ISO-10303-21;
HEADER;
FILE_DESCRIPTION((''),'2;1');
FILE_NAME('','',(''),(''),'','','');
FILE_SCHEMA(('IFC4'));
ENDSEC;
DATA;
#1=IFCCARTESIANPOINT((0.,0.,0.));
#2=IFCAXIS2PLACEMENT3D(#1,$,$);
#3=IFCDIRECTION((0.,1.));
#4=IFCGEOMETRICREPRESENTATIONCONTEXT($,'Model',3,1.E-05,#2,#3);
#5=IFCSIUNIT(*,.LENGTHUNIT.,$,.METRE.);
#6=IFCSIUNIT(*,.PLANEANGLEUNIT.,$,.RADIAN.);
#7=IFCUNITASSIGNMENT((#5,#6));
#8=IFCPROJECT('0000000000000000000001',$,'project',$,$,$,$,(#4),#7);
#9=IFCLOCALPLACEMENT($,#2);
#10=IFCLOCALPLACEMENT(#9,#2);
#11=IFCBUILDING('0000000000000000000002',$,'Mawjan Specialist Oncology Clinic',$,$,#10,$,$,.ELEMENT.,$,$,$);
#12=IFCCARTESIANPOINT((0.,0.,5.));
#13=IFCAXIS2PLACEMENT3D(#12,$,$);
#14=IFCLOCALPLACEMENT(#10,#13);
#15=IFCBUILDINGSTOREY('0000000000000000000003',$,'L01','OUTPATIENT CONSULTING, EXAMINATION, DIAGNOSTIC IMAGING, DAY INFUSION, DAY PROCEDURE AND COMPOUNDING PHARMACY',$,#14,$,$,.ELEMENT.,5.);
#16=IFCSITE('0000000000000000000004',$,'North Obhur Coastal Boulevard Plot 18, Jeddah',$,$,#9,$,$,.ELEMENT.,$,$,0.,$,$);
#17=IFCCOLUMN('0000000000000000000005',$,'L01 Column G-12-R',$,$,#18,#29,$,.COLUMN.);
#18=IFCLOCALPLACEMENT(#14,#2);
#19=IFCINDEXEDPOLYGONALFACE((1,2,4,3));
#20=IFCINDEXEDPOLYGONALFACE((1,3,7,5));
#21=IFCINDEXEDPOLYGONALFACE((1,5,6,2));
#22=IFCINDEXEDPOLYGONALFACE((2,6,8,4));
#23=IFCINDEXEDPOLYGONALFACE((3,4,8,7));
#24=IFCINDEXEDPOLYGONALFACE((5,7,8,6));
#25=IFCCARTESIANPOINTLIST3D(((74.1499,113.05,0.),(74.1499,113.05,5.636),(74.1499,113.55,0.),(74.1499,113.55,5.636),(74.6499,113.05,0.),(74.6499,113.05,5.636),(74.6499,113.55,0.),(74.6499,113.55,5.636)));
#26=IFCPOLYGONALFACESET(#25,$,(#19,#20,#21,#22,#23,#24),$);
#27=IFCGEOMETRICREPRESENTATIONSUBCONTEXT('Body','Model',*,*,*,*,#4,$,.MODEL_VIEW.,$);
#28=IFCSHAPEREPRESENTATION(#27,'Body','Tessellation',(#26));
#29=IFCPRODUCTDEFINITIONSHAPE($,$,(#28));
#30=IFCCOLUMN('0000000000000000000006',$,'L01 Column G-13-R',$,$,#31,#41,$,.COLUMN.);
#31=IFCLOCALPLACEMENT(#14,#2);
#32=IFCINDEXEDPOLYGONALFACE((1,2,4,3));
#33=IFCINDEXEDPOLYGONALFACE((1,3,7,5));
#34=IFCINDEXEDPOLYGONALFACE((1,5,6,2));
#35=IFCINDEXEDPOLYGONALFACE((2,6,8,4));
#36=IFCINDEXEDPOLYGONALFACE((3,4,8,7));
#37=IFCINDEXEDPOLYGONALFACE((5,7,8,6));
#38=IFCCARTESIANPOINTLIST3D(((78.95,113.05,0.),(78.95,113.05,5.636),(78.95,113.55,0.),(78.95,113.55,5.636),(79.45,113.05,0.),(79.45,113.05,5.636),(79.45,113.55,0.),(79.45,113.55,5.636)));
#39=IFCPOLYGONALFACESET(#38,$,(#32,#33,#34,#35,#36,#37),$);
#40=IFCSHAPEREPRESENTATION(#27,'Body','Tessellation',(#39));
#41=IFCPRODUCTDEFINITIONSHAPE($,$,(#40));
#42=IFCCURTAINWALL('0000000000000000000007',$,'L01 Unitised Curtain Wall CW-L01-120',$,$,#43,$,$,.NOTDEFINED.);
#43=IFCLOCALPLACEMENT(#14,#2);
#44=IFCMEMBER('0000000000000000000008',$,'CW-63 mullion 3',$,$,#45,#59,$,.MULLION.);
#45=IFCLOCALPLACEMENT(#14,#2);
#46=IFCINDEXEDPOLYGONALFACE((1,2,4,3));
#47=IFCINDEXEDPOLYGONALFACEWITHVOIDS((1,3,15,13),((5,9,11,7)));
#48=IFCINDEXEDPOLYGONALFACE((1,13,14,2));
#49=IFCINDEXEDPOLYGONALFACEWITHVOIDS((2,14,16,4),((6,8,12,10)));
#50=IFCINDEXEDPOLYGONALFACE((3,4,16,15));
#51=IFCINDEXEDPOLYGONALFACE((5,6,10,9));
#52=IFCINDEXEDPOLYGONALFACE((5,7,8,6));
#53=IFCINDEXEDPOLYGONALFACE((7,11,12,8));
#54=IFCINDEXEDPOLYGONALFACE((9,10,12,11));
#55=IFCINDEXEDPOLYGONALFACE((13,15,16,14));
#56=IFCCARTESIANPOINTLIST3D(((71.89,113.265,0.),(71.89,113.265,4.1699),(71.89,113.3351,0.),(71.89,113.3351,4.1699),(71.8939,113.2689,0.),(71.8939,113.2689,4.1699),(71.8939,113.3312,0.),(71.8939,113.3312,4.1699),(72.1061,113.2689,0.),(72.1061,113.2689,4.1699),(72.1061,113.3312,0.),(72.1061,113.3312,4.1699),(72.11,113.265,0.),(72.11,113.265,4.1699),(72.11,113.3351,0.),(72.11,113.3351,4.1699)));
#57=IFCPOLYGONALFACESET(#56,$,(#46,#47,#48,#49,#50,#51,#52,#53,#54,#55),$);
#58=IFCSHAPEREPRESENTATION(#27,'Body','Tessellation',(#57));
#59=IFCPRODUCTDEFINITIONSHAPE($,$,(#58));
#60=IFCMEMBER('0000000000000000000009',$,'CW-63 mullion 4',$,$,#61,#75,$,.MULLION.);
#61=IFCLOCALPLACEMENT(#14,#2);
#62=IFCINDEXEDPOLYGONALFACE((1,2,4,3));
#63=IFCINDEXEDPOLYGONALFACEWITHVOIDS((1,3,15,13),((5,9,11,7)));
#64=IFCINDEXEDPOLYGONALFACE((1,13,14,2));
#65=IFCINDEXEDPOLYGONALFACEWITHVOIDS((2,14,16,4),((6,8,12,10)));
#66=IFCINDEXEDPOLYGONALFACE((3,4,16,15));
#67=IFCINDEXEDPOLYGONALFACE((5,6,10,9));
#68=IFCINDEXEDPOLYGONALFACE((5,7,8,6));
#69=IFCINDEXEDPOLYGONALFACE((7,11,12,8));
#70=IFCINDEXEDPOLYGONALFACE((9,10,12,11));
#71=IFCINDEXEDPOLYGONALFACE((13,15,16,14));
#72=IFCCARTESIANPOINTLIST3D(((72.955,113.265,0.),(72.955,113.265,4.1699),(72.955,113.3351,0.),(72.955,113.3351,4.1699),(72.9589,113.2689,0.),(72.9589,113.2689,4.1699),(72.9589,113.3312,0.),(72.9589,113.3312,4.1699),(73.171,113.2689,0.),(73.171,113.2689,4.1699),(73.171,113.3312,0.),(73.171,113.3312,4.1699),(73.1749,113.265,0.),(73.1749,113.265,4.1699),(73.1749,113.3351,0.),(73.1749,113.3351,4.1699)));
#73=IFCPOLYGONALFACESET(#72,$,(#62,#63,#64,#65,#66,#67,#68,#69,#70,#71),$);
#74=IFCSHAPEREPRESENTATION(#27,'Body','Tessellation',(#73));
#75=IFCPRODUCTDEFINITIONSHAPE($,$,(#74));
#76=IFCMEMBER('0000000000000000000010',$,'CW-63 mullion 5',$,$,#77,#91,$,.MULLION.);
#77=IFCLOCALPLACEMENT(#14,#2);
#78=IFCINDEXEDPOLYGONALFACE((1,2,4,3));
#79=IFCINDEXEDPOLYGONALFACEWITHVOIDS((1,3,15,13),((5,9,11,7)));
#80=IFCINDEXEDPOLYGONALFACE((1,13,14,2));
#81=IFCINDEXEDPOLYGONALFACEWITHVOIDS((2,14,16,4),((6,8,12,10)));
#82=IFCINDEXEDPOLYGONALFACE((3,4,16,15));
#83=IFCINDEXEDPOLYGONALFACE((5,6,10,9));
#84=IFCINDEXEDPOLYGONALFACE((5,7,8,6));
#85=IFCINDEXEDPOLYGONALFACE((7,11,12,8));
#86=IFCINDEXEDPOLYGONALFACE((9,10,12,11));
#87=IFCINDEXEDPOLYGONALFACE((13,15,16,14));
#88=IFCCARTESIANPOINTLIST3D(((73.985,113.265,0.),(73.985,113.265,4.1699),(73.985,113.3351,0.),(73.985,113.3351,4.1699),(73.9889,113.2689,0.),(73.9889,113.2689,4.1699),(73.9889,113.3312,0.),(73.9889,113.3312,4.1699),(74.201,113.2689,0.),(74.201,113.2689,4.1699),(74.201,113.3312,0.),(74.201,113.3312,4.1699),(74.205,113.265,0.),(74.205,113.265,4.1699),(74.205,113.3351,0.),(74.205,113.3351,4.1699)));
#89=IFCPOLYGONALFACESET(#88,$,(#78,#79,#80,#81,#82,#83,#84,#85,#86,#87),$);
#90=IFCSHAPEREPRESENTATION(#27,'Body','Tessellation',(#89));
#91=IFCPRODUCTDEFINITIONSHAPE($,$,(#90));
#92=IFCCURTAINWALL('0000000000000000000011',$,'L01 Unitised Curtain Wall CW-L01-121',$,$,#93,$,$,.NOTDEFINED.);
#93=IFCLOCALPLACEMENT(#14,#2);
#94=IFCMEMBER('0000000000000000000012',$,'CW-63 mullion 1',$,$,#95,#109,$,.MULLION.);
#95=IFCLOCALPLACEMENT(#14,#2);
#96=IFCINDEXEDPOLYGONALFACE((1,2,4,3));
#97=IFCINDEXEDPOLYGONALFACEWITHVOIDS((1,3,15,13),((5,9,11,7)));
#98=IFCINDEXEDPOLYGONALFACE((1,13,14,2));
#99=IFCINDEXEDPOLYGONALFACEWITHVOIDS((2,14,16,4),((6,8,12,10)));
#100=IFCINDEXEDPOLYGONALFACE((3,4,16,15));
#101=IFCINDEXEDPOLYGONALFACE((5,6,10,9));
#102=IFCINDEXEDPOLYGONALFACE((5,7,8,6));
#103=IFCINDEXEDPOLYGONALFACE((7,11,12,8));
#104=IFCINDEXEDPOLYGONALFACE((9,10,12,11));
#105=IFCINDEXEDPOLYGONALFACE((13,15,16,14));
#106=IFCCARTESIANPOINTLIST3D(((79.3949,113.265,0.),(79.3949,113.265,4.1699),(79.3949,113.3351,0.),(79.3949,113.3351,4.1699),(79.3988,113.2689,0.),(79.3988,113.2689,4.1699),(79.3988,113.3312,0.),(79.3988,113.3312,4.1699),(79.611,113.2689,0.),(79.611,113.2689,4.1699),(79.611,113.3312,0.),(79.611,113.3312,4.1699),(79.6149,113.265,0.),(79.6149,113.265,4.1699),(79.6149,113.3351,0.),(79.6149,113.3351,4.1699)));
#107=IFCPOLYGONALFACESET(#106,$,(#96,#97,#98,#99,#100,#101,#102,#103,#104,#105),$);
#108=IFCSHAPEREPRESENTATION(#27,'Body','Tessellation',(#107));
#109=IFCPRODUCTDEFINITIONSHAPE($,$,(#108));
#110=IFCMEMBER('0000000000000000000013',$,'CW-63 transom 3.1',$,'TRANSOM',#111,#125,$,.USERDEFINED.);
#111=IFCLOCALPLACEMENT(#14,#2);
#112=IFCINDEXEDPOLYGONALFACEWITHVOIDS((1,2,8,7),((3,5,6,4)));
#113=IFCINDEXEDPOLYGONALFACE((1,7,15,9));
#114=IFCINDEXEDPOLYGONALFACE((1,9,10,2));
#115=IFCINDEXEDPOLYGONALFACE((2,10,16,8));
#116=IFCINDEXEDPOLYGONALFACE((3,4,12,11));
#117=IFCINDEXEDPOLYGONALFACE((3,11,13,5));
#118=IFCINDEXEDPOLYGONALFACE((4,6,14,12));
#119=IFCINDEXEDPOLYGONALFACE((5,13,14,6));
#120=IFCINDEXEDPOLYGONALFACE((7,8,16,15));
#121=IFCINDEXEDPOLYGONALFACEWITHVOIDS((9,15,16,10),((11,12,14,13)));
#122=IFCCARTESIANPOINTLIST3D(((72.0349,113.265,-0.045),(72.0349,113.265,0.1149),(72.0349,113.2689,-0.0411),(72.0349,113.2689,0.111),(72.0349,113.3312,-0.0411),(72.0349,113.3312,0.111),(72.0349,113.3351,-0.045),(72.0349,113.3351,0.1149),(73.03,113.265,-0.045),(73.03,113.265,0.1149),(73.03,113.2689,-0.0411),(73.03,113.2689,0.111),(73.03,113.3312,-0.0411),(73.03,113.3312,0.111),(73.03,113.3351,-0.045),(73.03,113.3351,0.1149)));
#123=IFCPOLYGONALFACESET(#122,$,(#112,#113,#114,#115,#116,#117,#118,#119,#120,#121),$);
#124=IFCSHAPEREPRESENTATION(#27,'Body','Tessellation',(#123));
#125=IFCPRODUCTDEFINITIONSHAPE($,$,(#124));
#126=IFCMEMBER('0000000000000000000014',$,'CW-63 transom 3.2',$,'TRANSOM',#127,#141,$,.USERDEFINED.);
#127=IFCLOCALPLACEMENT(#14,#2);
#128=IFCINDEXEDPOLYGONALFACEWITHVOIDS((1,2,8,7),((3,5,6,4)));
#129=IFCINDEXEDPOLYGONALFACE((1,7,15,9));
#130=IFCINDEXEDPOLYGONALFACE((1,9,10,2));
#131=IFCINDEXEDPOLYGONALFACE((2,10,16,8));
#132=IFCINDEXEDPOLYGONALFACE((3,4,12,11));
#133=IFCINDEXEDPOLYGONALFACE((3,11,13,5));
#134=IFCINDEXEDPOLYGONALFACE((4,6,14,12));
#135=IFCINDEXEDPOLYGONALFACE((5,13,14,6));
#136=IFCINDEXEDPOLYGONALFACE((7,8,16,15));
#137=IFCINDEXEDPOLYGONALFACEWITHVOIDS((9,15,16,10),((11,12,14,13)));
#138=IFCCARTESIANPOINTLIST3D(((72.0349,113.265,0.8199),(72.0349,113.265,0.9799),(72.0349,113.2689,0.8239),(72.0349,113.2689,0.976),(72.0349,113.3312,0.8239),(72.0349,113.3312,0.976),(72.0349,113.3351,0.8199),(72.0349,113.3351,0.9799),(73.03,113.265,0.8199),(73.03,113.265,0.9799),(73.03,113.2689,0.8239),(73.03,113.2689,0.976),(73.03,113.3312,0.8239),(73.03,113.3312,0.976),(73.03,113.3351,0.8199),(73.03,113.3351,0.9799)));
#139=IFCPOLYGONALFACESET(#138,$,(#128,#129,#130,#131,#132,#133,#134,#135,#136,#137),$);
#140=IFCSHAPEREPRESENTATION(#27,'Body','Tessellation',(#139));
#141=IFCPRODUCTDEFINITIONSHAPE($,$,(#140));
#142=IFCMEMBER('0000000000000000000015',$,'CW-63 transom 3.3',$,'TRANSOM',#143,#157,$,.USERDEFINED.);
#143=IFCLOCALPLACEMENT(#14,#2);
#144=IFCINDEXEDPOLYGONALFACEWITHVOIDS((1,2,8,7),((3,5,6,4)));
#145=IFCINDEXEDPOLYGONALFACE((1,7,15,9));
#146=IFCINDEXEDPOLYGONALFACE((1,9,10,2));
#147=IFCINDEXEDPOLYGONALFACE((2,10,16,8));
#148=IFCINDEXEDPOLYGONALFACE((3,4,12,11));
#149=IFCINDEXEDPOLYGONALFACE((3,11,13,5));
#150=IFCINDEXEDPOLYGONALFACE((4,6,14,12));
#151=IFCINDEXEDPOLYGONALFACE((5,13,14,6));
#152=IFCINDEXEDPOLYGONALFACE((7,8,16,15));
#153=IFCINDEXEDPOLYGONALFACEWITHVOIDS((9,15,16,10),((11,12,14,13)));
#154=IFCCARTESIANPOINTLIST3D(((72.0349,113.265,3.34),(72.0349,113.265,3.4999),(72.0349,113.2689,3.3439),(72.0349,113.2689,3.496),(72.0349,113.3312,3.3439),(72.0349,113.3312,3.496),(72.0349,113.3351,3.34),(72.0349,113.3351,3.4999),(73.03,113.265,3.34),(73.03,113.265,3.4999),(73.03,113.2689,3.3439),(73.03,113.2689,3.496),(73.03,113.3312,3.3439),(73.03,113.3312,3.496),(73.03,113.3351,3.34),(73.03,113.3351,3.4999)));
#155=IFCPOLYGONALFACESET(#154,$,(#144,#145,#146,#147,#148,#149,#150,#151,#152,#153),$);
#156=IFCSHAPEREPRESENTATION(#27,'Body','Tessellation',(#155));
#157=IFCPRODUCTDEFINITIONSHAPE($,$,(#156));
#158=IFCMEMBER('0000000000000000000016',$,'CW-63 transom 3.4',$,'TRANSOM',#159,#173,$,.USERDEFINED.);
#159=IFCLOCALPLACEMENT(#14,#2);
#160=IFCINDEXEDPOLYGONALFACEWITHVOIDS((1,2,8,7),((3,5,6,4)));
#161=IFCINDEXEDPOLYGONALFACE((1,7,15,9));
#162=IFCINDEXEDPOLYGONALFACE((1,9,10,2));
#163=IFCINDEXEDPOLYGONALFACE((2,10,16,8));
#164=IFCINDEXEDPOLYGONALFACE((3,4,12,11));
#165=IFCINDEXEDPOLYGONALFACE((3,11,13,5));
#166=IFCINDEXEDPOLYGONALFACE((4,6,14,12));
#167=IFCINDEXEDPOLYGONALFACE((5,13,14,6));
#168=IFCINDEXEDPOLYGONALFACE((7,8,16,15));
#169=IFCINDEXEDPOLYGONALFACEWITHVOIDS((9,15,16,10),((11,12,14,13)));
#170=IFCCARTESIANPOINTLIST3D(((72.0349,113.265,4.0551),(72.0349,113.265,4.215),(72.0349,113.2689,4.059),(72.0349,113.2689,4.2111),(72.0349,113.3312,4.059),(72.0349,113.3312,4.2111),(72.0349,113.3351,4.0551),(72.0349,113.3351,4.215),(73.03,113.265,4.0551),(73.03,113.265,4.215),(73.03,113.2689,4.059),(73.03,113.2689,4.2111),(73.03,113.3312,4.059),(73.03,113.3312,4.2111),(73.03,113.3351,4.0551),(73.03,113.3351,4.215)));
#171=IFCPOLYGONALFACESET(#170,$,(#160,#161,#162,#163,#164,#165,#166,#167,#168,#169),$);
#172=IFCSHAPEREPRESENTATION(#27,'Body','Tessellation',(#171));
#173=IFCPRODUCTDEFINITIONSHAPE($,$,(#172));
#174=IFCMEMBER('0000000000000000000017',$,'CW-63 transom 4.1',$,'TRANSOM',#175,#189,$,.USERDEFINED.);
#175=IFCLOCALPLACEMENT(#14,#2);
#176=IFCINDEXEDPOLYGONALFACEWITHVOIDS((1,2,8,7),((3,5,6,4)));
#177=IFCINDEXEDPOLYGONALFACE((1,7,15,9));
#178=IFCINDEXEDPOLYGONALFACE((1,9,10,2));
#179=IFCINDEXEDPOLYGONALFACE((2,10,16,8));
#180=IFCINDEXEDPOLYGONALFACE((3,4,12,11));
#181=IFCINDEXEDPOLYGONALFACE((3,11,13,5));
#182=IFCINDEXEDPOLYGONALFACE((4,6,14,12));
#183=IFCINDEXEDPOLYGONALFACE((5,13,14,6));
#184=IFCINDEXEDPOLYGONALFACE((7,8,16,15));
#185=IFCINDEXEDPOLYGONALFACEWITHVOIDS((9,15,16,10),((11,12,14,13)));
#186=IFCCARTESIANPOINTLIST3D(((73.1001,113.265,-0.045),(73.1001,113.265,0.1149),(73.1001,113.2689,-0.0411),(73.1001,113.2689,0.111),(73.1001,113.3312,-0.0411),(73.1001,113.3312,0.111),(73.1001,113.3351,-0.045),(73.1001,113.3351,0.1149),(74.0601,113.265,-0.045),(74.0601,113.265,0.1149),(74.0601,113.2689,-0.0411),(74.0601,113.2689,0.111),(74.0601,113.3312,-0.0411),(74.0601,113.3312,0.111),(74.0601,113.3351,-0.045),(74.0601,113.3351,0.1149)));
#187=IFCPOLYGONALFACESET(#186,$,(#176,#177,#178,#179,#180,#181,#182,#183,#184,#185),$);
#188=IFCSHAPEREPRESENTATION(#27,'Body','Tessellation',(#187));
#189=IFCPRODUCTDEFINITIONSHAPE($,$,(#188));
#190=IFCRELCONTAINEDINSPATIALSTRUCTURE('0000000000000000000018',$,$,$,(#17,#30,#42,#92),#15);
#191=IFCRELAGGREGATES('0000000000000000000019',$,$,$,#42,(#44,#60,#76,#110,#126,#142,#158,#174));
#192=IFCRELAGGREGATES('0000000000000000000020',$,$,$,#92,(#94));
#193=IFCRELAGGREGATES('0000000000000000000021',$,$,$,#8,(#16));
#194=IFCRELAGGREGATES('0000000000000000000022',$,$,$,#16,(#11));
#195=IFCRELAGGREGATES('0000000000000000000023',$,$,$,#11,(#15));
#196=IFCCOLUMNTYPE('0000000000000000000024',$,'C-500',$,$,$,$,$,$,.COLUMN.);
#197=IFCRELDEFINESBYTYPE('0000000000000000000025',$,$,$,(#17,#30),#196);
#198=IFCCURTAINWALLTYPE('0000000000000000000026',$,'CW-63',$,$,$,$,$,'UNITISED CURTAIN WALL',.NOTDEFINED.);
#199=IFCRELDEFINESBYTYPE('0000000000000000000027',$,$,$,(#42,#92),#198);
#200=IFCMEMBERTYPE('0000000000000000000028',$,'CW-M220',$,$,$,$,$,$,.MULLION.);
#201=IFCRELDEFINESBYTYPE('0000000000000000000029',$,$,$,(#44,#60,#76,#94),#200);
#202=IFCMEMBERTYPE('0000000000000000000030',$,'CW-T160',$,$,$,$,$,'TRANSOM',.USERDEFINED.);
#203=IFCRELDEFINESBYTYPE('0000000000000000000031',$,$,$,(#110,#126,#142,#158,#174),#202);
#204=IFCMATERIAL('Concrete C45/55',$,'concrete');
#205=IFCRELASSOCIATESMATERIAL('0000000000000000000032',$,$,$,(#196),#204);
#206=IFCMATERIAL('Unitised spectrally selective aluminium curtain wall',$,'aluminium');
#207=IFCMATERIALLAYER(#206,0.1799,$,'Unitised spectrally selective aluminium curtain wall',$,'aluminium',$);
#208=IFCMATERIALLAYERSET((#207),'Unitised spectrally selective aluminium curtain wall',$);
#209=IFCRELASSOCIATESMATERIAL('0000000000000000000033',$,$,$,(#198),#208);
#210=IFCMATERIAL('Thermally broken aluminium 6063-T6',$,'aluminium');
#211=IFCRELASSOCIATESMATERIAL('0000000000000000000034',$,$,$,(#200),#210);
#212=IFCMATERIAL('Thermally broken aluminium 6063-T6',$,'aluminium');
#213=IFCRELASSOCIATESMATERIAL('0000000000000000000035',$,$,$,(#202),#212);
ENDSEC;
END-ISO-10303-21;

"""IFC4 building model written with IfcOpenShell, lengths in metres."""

from ifc_helpers import new_model, si_unit, direction, frame, origin, origin_2d, place, context, subcontext, project, spatial, rectangle, hollow_rectangle, extrude, material, layer, layer_set, material_profile, profile_set, type_object, element, aggregate, save


model = new_model("IFC4")

# Units and contexts
model_context = context("Model", 3, precision=1e-05, world=origin(), true_north=direction((0.0, 1.0)))
body_context = subcontext(model_context, "Body", "Model", "MODEL_VIEW")
ifc_project = project(units=[si_unit("LENGTHUNIT", "METRE"), si_unit("PLANEANGLEUNIT", "RADIAN")], contexts=[model_context])

# Site, building, storey
site_placement = place(None, origin())
site = spatial("IfcSite", under=ifc_project, at=site_placement, Name="North Obhur Coastal Boulevard Plot 18, Jeddah", CompositionType="ELEMENT", RefElevation=0.0)
building_placement = place(site_placement, origin())
building = spatial("IfcBuilding", under=site, at=building_placement, Name="Mawjan Specialist Oncology Clinic", CompositionType="ELEMENT")
storey_placement = place(building_placement, frame((0.0, 0.0, 5.0)))
storey = spatial("IfcBuildingStorey", under=building, at=storey_placement, Name="L01", Description="OUTPATIENT CONSULTING, EXAMINATION, DIAGNOSTIC IMAGING, DAY INFUSION, DAY PROCEDURE AND COMPOUNDING PHARMACY", CompositionType="ELEMENT", Elevation=5.0)

# Columns
ifc_material_1 = material(Name="Concrete C45/55", Category="concrete")
ifc_material_profile_1 = material_profile(ifc_material_1, rectangle(XDim=0.5, YDim=0.5, at=origin_2d()), Name="RC COL 500x500", Category="concrete")
ifc_profile_set_1 = profile_set([ifc_material_profile_1], Name="Concrete C45/55")
column_type = type_object("IfcColumnType", Name="C-500", PredefinedType="COLUMN", material=ifc_profile_set_1)
for number, where, z_axis, x_axis, name in (
    (1, (74.3999, 113.3, 0.0), (0.0, 0.0, 1.0), (1.0, 0.0, 0.0), "L01 Column G-12-R"),
    (2, (79.2, 113.3, 0.0), (0.0, 0.0, 1.0), (1.0, 0.0, 0.0), "L01 Column G-13-R"),
):
    element("IfcColumn", number, at=place(storey_placement, frame(where, z_axis=z_axis, x_axis=x_axis)), inside=storey, type_object=column_type, Name=name, PredefinedType="COLUMN", context=body_context, shape_type="SweptSolid", body=[
        extrude(rectangle(XDim=0.5, YDim=0.5, at=origin_2d()), origin(), (0.0, 0.0, 1.0), 5.636),
    ])

# Curtain wall, members
ifc_material_2 = material(Name="Unitised spectrally selective aluminium curtain wall", Category="aluminium")
ifc_layer_1 = layer(ifc_material_2, 0.1799, Name="Unitised spectrally selective aluminium curtain wall", Category="aluminium")
ifc_layer_set_1 = layer_set([ifc_layer_1], Name="Unitised spectrally selective aluminium curtain wall")
curtain_wall_type = type_object("IfcCurtainWallType", Name="CW-63", ElementType="UNITISED CURTAIN WALL", PredefinedType="NOTDEFINED", material=ifc_layer_set_1)
curtain_wall_1_placement = place(storey_placement, origin())
curtain_wall_1 = element("IfcCurtainWall", 3, at=curtain_wall_1_placement, inside=storey, type_object=curtain_wall_type, Name="L01 Unitised Curtain Wall CW-L01-120", PredefinedType="NOTDEFINED")
ifc_material_3 = material(Name="Thermally broken aluminium 6063-T6", Category="aluminium")
ifc_material_profile_2 = material_profile(ifc_material_3, hollow_rectangle(XDim=0.0701, YDim=0.22, WallThickness=0.0039, at=origin_2d()), Name="ALU MULLION 220x70x4", Category="aluminium")
ifc_profile_set_2 = profile_set([ifc_material_profile_2], Name="Thermally broken aluminium 6063-T6")
member_type_1 = type_object("IfcMemberType", Name="CW-M220", PredefinedType="MULLION", material=ifc_profile_set_2)
member_1_placement = place(storey_placement, frame((72.0, 113.3, 0.0), z_axis=(0.0, 0.0, 1.0), x_axis=(0.0, 1.0, 0.0)))
member_1 = element("IfcMember", 4, at=member_1_placement, type_object=member_type_1, Name="CW-63 mullion 3", PredefinedType="MULLION", context=body_context, shape_type="SweptSolid", body=[
    extrude(hollow_rectangle(XDim=0.0701, YDim=0.22, WallThickness=0.0039, at=origin_2d()), origin(), (0.0, 0.0, 1.0), 4.1699),
])
member_2_placement = place(storey_placement, frame((73.0649, 113.3, 0.0), z_axis=(0.0, 0.0, 1.0), x_axis=(0.0, 1.0, 0.0)))
member_2 = element("IfcMember", 5, at=member_2_placement, type_object=member_type_1, Name="CW-63 mullion 4", PredefinedType="MULLION", context=body_context, shape_type="SweptSolid", body=[
    extrude(hollow_rectangle(XDim=0.0701, YDim=0.22, WallThickness=0.0039, at=origin_2d()), origin(), (0.0, 0.0, 1.0), 4.1699),
])
member_3_placement = place(storey_placement, frame((74.095, 113.3, 0.0), z_axis=(0.0, 0.0, 1.0), x_axis=(0.0, 1.0, 0.0)))
member_3 = element("IfcMember", 6, at=member_3_placement, type_object=member_type_1, Name="CW-63 mullion 5", PredefinedType="MULLION", context=body_context, shape_type="SweptSolid", body=[
    extrude(hollow_rectangle(XDim=0.0701, YDim=0.22, WallThickness=0.0039, at=origin_2d()), origin(), (0.0, 0.0, 1.0), 4.1699),
])

# Curtain wall, member
curtain_wall_2_placement = place(storey_placement, origin())
curtain_wall_2 = element("IfcCurtainWall", 7, at=curtain_wall_2_placement, inside=storey, type_object=curtain_wall_type, Name="L01 Unitised Curtain Wall CW-L01-121", PredefinedType="NOTDEFINED")
member_4_placement = place(storey_placement, frame((79.5049, 113.3, 0.0), z_axis=(0.0, 0.0, 1.0), x_axis=(0.0, 1.0, 0.0)))
member_4 = element("IfcMember", 8, at=member_4_placement, type_object=member_type_1, Name="CW-63 mullion 1", PredefinedType="MULLION", context=body_context, shape_type="SweptSolid", body=[
    extrude(hollow_rectangle(XDim=0.0701, YDim=0.22, WallThickness=0.0039, at=origin_2d()), origin(), (0.0, 0.0, 1.0), 4.1699),
])

# Members
ifc_material_4 = material(Name="Thermally broken aluminium 6063-T6", Category="aluminium")
ifc_material_profile_3 = material_profile(ifc_material_4, hollow_rectangle(XDim=0.0701, YDim=0.1599, WallThickness=0.0039, at=origin_2d()), Name="ALU TRANSOM 160x70x4", Category="aluminium")
ifc_profile_set_3 = profile_set([ifc_material_profile_3], Name="Thermally broken aluminium 6063-T6")
member_type_2 = type_object("IfcMemberType", Name="CW-T160", ElementType="TRANSOM", PredefinedType="USERDEFINED", material=ifc_profile_set_3)
member_5_placement = place(storey_placement, frame((72.0349, 113.3, 0.0349), z_axis=(1.0, 0.0, 0.0), x_axis=(0.0, 1.0, 0.0)))
member_5 = element("IfcMember", 9, at=member_5_placement, type_object=member_type_2, Name="CW-63 transom 3.1", ObjectType="TRANSOM", PredefinedType="USERDEFINED", context=body_context, shape_type="SweptSolid", body=[
    extrude(hollow_rectangle(XDim=0.0701, YDim=0.1599, WallThickness=0.0039, at=origin_2d()), origin(), (0.0, 0.0, 1.0), 0.9951),
])
member_6_placement = place(storey_placement, frame((72.0349, 113.3, 0.8999), z_axis=(1.0, 0.0, 0.0), x_axis=(0.0, 1.0, 0.0)))
member_6 = element("IfcMember", 10, at=member_6_placement, type_object=member_type_2, Name="CW-63 transom 3.2", ObjectType="TRANSOM", PredefinedType="USERDEFINED", context=body_context, shape_type="SweptSolid", body=[
    extrude(hollow_rectangle(XDim=0.0701, YDim=0.1599, WallThickness=0.0039, at=origin_2d()), origin(), (0.0, 0.0, 1.0), 0.9951),
])
member_7_placement = place(storey_placement, frame((72.0349, 113.3, 3.4199), z_axis=(1.0, 0.0, 0.0), x_axis=(0.0, 1.0, 0.0)))
member_7 = element("IfcMember", 11, at=member_7_placement, type_object=member_type_2, Name="CW-63 transom 3.3", ObjectType="TRANSOM", PredefinedType="USERDEFINED", context=body_context, shape_type="SweptSolid", body=[
    extrude(hollow_rectangle(XDim=0.0701, YDim=0.1599, WallThickness=0.0039, at=origin_2d()), origin(), (0.0, 0.0, 1.0), 0.9951),
])
member_8_placement = place(storey_placement, frame((72.0349, 113.3, 4.135), z_axis=(1.0, 0.0, 0.0), x_axis=(0.0, 1.0, 0.0)))
member_8 = element("IfcMember", 12, at=member_8_placement, type_object=member_type_2, Name="CW-63 transom 3.4", ObjectType="TRANSOM", PredefinedType="USERDEFINED", context=body_context, shape_type="SweptSolid", body=[
    extrude(hollow_rectangle(XDim=0.0701, YDim=0.1599, WallThickness=0.0039, at=origin_2d()), origin(), (0.0, 0.0, 1.0), 0.9951),
])
member_9_placement = place(storey_placement, frame((73.1001, 113.3, 0.0349), z_axis=(1.0, 0.0, 0.0), x_axis=(0.0, 1.0, 0.0)))
member_9 = element("IfcMember", 13, at=member_9_placement, type_object=member_type_2, Name="CW-63 transom 4.1", ObjectType="TRANSOM", PredefinedType="USERDEFINED", context=body_context, shape_type="SweptSolid", body=[
    extrude(hollow_rectangle(XDim=0.0701, YDim=0.1599, WallThickness=0.0039, at=origin_2d()), origin(), (0.0, 0.0, 1.0), 0.96),
])

aggregate(curtain_wall_1, [member_1, member_2, member_3, member_5, member_6, member_7, member_8, member_9])
aggregate(curtain_wall_2, [member_4])

save(model, "model.ifc")
